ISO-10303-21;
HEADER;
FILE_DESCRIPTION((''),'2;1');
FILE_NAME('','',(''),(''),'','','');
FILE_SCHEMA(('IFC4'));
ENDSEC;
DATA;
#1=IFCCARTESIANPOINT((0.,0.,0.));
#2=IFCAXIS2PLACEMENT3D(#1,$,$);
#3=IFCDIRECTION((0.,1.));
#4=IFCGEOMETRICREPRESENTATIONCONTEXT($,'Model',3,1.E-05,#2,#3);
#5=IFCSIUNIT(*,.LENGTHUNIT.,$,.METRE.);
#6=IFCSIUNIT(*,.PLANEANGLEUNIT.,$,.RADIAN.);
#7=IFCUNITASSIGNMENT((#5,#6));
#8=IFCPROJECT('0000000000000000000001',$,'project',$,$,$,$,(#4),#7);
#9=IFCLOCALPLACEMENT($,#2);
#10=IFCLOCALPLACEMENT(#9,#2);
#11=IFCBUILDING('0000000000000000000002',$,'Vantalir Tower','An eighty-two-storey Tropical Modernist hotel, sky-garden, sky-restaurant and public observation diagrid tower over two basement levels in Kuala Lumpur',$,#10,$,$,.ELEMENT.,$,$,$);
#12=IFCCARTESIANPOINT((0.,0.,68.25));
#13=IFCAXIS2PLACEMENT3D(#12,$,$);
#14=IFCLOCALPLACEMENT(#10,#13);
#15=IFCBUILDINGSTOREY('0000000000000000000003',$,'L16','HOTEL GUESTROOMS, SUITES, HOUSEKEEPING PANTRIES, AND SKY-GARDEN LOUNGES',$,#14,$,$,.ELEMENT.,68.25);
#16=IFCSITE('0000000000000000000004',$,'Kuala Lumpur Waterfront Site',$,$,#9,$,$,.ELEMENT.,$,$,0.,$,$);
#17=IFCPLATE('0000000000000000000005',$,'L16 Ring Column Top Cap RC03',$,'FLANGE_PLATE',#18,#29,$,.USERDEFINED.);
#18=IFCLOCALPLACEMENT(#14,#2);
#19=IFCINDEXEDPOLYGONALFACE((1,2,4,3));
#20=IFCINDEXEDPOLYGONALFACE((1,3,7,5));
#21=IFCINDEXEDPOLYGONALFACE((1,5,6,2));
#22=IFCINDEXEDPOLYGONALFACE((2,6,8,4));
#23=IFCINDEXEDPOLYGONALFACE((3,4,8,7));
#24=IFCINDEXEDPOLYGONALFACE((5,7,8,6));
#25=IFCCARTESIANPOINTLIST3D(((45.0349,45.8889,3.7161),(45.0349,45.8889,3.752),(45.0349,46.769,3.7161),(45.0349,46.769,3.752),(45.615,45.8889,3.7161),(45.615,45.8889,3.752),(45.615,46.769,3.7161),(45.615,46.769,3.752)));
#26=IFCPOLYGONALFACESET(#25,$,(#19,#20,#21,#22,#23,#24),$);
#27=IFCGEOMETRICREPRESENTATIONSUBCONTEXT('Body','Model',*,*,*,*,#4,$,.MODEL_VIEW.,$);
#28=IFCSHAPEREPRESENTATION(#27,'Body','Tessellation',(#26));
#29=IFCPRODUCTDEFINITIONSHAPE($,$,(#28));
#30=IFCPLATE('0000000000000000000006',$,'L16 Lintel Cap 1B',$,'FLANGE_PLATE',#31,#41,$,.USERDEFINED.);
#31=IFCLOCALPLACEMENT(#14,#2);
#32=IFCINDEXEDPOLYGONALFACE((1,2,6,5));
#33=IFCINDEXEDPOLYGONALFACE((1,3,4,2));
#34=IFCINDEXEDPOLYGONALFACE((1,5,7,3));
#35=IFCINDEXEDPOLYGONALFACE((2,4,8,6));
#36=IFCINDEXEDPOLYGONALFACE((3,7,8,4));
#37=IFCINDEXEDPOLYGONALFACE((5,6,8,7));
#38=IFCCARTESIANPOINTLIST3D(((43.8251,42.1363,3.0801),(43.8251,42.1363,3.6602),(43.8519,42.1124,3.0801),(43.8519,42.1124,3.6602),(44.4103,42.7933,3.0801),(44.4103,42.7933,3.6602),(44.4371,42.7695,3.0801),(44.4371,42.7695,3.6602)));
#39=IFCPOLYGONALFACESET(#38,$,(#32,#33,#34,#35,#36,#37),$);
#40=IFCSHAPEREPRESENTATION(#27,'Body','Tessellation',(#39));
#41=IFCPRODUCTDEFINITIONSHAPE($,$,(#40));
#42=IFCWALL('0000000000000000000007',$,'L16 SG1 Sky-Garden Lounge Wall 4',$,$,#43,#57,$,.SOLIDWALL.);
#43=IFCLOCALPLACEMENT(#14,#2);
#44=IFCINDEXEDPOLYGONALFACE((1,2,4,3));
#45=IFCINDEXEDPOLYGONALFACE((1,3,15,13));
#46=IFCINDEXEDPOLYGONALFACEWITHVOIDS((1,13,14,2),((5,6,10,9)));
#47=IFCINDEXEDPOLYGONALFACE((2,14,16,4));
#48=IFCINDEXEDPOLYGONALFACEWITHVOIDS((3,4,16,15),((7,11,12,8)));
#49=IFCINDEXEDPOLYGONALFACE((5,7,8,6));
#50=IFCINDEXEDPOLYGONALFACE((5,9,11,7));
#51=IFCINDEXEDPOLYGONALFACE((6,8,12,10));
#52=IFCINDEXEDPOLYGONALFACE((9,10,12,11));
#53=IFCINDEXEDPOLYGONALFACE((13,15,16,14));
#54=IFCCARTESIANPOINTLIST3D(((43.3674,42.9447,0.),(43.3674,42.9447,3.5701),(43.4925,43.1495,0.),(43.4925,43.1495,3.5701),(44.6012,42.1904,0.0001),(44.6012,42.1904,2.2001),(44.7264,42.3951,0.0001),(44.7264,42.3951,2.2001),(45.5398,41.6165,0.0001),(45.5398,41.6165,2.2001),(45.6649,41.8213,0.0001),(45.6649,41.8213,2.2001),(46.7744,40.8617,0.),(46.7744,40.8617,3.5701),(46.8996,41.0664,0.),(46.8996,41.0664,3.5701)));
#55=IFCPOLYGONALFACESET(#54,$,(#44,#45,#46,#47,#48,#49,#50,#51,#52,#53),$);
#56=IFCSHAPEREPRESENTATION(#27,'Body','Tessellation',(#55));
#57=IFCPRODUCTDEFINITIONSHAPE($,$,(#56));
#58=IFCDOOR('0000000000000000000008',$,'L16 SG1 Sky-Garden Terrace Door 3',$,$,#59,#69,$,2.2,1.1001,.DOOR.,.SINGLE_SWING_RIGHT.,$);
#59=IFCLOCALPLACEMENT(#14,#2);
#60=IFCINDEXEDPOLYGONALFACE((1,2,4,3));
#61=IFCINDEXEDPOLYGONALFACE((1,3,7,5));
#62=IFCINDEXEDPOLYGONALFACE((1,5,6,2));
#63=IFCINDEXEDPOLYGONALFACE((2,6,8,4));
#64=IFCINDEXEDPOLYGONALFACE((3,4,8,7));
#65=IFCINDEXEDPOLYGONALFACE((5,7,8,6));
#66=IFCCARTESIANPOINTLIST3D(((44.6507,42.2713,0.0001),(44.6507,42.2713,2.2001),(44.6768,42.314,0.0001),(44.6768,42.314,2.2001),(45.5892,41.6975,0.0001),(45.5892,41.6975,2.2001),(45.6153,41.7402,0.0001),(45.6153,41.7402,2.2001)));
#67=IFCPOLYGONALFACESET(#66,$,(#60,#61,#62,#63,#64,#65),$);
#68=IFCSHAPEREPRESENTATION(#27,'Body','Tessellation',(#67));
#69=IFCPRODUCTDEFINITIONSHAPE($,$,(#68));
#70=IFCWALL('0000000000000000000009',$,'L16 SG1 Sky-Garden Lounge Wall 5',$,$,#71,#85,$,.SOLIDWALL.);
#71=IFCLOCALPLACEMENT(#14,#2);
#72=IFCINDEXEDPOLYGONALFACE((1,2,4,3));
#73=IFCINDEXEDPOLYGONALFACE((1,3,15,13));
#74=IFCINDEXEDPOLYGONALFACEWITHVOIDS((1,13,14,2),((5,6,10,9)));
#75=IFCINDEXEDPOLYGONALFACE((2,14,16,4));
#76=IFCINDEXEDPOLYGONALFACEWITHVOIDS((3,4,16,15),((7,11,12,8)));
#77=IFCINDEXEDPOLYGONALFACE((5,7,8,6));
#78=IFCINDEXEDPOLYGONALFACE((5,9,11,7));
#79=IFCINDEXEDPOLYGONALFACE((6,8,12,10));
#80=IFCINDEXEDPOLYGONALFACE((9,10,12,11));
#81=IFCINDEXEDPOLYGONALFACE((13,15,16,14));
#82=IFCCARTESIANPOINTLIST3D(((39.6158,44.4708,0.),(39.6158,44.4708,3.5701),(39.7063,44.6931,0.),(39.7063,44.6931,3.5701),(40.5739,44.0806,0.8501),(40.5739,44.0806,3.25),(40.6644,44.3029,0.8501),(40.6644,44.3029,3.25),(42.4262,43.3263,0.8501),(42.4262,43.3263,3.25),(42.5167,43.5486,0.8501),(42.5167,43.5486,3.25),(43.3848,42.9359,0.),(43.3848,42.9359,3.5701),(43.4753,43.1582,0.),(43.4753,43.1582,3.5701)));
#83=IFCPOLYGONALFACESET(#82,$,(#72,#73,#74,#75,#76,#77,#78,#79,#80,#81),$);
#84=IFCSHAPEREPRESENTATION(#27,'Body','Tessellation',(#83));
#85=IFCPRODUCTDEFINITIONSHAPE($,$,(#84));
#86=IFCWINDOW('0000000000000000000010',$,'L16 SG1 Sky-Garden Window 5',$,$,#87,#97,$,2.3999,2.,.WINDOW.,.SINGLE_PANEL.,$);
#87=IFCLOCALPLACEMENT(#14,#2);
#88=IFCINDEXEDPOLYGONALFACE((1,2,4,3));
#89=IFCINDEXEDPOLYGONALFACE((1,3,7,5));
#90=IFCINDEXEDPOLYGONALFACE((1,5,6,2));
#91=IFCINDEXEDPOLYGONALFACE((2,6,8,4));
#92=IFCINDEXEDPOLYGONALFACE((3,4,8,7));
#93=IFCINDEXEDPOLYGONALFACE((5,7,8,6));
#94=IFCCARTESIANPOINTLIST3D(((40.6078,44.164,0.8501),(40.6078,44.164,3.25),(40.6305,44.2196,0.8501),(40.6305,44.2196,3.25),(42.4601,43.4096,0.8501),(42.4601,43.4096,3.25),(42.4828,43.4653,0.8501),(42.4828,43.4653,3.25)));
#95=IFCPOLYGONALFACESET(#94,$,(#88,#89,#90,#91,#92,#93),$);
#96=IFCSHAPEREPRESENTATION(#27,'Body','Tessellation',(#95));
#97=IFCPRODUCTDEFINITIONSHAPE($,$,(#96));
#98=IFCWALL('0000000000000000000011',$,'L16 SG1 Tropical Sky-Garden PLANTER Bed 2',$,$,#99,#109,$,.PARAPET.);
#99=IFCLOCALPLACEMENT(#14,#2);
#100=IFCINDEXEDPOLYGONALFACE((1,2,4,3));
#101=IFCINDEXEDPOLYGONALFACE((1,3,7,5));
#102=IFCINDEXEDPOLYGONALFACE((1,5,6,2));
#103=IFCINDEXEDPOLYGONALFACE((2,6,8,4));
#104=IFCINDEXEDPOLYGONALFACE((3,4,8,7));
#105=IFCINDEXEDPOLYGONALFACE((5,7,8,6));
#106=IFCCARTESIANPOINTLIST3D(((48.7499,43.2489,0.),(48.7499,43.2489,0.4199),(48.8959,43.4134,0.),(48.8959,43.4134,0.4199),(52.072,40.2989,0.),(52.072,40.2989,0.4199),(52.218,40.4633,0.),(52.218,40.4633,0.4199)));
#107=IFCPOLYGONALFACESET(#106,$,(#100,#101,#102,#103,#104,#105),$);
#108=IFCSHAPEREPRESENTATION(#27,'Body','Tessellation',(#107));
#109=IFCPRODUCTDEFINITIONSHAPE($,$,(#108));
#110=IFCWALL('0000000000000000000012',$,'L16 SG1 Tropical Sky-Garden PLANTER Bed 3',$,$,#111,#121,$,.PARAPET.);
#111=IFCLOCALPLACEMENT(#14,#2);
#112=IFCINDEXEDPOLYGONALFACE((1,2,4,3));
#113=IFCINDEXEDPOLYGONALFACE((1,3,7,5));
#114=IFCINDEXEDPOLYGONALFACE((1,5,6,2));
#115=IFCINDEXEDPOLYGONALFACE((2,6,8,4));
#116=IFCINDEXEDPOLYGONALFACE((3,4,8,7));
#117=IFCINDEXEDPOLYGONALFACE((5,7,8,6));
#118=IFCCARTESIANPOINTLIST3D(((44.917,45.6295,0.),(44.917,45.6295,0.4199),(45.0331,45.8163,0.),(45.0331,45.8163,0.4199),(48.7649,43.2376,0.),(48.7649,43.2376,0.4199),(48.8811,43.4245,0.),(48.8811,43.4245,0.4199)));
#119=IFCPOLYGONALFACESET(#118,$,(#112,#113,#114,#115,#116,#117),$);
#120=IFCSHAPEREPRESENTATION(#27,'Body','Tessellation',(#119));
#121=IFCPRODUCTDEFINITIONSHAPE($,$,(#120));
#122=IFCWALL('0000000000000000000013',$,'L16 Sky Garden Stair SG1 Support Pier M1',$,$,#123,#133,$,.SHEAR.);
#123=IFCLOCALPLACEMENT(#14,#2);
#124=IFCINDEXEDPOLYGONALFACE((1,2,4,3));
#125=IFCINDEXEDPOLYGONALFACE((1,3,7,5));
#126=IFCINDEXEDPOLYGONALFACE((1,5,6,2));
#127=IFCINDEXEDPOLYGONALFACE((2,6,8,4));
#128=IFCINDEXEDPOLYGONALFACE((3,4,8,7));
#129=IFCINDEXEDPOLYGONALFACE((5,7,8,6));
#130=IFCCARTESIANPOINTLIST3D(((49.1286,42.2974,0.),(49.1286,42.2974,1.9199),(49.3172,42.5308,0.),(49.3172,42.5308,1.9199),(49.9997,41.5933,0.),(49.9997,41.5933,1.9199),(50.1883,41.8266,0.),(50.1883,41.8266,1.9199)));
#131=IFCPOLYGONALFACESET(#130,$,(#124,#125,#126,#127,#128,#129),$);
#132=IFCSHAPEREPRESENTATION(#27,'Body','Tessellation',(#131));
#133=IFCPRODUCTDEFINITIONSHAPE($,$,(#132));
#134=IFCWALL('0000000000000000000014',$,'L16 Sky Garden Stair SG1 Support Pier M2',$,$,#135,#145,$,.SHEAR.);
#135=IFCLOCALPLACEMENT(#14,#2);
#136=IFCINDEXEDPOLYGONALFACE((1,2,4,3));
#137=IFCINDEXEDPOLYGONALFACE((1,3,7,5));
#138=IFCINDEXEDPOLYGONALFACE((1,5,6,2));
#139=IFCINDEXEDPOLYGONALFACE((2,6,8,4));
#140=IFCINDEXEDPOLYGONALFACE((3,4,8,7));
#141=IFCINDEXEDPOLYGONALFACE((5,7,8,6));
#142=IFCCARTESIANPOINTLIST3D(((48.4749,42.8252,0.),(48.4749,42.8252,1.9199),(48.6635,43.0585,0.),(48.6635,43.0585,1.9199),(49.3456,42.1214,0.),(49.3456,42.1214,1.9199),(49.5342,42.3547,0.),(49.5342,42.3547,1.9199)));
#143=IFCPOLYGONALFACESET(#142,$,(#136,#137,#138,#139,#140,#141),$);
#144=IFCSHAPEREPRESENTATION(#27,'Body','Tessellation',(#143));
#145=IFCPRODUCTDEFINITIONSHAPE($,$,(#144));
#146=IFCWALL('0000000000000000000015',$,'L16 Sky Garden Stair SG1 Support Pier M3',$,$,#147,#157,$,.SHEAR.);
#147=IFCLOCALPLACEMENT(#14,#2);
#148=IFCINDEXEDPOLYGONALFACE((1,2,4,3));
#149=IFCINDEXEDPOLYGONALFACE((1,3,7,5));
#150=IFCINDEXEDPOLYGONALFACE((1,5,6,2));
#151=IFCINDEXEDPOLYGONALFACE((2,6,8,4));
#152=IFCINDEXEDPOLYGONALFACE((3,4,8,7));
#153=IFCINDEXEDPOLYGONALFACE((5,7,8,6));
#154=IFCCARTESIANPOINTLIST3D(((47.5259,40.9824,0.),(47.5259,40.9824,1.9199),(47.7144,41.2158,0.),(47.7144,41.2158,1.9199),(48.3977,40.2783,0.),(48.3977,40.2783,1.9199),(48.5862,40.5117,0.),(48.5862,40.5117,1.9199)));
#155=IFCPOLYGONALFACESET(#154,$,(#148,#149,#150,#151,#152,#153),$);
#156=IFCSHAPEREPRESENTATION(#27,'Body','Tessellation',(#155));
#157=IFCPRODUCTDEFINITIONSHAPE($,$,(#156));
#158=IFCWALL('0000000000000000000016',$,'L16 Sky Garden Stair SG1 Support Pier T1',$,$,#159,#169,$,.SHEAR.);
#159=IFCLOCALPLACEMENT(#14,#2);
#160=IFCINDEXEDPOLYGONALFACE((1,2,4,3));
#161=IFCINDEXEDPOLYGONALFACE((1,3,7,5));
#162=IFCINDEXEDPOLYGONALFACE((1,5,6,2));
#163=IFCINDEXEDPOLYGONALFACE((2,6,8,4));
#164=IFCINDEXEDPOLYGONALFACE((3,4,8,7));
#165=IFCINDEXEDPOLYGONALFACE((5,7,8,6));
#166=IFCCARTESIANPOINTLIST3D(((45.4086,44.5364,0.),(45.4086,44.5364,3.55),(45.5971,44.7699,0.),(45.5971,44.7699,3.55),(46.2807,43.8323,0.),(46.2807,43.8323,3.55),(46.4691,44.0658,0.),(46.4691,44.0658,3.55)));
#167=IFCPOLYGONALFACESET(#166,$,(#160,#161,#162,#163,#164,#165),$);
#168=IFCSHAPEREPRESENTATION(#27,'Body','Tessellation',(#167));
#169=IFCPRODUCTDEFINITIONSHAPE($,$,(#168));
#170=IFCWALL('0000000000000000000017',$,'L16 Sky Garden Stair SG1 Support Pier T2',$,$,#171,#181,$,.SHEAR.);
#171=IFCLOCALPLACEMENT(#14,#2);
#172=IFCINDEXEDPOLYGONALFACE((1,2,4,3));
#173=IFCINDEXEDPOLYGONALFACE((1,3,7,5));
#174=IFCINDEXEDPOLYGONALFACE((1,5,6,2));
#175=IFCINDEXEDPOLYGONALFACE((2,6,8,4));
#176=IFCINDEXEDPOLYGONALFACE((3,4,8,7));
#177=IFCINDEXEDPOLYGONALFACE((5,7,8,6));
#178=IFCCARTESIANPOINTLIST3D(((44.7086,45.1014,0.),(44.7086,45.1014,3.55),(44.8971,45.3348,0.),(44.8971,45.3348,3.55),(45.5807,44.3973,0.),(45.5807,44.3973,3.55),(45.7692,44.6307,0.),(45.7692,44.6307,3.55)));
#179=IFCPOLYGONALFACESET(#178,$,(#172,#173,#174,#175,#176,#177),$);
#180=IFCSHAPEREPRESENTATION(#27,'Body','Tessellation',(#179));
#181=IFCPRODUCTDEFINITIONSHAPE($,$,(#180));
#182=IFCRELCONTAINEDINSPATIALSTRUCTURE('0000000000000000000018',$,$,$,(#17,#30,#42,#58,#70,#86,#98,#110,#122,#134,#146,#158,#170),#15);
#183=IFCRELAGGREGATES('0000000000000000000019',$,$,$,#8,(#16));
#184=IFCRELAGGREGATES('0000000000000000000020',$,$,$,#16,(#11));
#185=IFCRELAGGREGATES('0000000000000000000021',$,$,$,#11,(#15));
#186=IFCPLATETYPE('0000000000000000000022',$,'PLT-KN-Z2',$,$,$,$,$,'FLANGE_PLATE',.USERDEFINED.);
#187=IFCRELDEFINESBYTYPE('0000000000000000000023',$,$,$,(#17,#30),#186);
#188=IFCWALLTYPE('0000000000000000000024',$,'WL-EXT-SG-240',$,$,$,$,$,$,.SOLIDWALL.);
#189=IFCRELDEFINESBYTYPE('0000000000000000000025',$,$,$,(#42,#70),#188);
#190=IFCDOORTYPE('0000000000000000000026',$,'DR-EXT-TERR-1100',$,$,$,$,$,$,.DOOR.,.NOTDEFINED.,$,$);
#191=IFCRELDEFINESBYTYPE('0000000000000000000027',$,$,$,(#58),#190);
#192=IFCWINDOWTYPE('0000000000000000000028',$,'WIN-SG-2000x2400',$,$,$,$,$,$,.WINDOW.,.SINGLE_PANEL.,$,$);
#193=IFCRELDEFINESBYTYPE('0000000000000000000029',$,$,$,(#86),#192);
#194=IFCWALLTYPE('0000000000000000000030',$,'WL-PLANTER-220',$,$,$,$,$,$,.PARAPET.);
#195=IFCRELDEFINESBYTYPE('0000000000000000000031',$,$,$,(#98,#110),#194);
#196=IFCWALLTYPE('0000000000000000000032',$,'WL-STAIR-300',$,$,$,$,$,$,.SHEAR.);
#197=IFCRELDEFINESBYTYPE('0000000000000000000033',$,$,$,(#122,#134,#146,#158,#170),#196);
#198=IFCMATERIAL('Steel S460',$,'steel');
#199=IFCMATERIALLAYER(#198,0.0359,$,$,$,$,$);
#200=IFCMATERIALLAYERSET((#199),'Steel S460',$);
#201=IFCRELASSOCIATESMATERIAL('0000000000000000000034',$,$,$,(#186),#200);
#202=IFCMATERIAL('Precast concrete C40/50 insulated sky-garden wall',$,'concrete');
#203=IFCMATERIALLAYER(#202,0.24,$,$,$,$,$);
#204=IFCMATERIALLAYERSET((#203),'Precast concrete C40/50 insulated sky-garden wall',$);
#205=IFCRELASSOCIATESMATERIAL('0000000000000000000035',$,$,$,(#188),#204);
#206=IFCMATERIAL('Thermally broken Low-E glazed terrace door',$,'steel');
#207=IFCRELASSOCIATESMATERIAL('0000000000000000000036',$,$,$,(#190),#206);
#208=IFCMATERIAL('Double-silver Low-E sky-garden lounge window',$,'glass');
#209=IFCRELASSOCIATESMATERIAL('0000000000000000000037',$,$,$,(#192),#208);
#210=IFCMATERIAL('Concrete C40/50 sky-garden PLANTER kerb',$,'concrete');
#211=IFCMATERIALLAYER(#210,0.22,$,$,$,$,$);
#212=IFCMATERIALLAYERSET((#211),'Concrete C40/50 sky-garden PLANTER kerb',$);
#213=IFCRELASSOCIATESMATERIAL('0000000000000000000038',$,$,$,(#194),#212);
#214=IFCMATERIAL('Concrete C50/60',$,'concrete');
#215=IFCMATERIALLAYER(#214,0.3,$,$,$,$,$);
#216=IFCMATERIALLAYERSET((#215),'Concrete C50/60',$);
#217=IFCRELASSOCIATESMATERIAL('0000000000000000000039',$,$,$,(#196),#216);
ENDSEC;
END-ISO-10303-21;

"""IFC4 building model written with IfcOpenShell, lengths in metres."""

from ifc_helpers import new_model, si_unit, direction, frame, frame_2d, origin, origin_2d, place, context, subcontext, project, spatial, polyline, rectangle, outline, extrude, material, layer, layer_set, type_object, element, fill, save


model = new_model("IFC4")

# Units and contexts
model_context = context("Model", 3, precision=1e-05, world=origin(), true_north=direction((0.0, 1.0)))
body_context = subcontext(model_context, "Body", "Model", "MODEL_VIEW")
ifc_project = project(units=[si_unit("LENGTHUNIT", "METRE"), si_unit("PLANEANGLEUNIT", "RADIAN")], contexts=[model_context])

# Site, building, storey
site_placement = place(None, origin())
site = spatial("IfcSite", under=ifc_project, at=site_placement, Name="Kuala Lumpur Waterfront Site", CompositionType="ELEMENT", RefElevation=0.0)
building_placement = place(site_placement, origin())
building = spatial("IfcBuilding", under=site, at=building_placement, Name="Vantalir Tower", Description="An eighty-two-storey Tropical Modernist hotel, sky-garden, sky-restaurant and public observation diagrid tower over two basement levels in Kuala Lumpur", CompositionType="ELEMENT")
storey_placement = place(building_placement, frame((0.0, 0.0, 68.25)))
storey = spatial("IfcBuildingStorey", under=building, at=storey_placement, Name="L16", Description="HOTEL GUESTROOMS, SUITES, HOUSEKEEPING PANTRIES, AND SKY-GARDEN LOUNGES", CompositionType="ELEMENT", Elevation=68.25)

# Shared definitions
ifc_material_1 = material(Name="Steel S460", Category="steel")

# Plates
ifc_layer_1 = layer(ifc_material_1, 0.0359)
ifc_layer_set_1 = layer_set([ifc_layer_1], Name="Steel S460")
plate_type = type_object("IfcPlateType", Name="PLT-KN-Z2", ElementType="FLANGE_PLATE", PredefinedType="USERDEFINED", material=ifc_layer_set_1)
plate_1_placement = place(storey_placement, frame((45.0349, 46.769, 3.752), z_axis=(0.0, 0.0, 1.0), x_axis=(0.0, -1.0, 0.0)))
element("IfcPlate", 1, at=plate_1_placement, inside=storey, type_object=plate_type, Name="L16 Ring Column Top Cap RC03", ObjectType="FLANGE_PLATE", PredefinedType="USERDEFINED", context=body_context, shape_type="SweptSolid", body=[
    extrude(outline(polyline([(0.0, 0.0), (0.8801, 0.0), (0.8801, 0.5801), (0.0, 0.5801), (0.0, 0.0)])), origin(), (0.0, 0.0, -1.0), 0.0359),
])
plate_2_placement = place(storey_placement, frame((44.1311, 42.4529, 3.0801), z_axis=(0.0, 0.0, 1.0), x_axis=(-0.746731, 0.665126, 0.0)))
element("IfcPlate", 2, at=plate_2_placement, inside=storey, type_object=plate_type, Name="L16 Lintel Cap 1B", ObjectType="FLANGE_PLATE", PredefinedType="USERDEFINED", context=body_context, shape_type="SweptSolid", body=[
    extrude(rectangle(XDim=0.0359, YDim=0.8799, at=origin_2d()), origin(), (0.0, 0.0, 1.0), 0.5801),
])

# Wall, opening, door
ifc_material_2 = material(Name="Precast concrete C40/50 insulated sky-garden wall", Category="concrete")
ifc_layer_2 = layer(ifc_material_2, 0.24)
ifc_layer_set_2 = layer_set([ifc_layer_2], Name="Precast concrete C40/50 insulated sky-garden wall")
wall_type_1 = type_object("IfcWallType", Name="WL-EXT-SG-240", PredefinedType="SOLIDWALL", material=ifc_layer_set_2)
wall_1_placement = place(storey_placement, frame((46.8369, 40.9641, 0.0), z_axis=(0.0, 0.0, 1.0), x_axis=(-0.853175, 0.521626, 0.0)))
wall_1 = element("IfcWall", 3, at=wall_1_placement, inside=storey, type_object=wall_type_1, Name="L16 SG1 Sky-Garden Lounge Wall 4", PredefinedType="SOLIDWALL", context=body_context, shape_type="SweptSolid", body=[
    extrude(rectangle(XDim=3.9934, YDim=0.24, at=frame_2d((1.9966, 0.0))), origin(), (0.0, 0.0, 1.0), 3.5701),
])
opening_1_placement = place(wall_1_placement, frame((1.447, 0.0, 0.0)))
opening_1 = element("IfcOpeningElement", 4, at=opening_1_placement, cuts=wall_1, PredefinedType="OPENING", context=body_context, shape_type="SweptSolid", body=[
    extrude(rectangle(XDim=1.1001, YDim=2.2, at=frame_2d((0.55, 1.1001))), frame((0.0, 0.1299, 0.0), z_axis=(0.0, -1.0, 0.0), x_axis=(1.0, 0.0, 0.0)), (0.0, 0.0, 1.0), 0.26),
])
ifc_material_3 = material(Name="Thermally broken Low-E glazed terrace door", Category="steel")
door_type = type_object("IfcDoorType", Name="DR-EXT-TERR-1100", OperationType="NOTDEFINED", PredefinedType="DOOR", material=ifc_material_3)
door_placement = place(opening_1_placement, frame((1.1001, 0.0, 0.0), z_axis=(0.0, 0.0, 1.0), x_axis=(-1.0, 0.0, 0.0)))
door = element("IfcDoor", 5, at=door_placement, inside=storey, type_object=door_type, Name="L16 SG1 Sky-Garden Terrace Door 3", OperationType="SINGLE_SWING_RIGHT", OverallHeight=2.2, OverallWidth=1.1001, PredefinedType="DOOR", context=body_context, shape_type="SweptSolid", body=[
    extrude(rectangle(XDim=1.1001, YDim=2.2, at=frame_2d((0.55, 1.1001))), frame((0.0, 0.0249, 0.0), z_axis=(0.0, -1.0, 0.0), x_axis=(1.0, 0.0, 0.0)), (0.0, 0.0, 1.0), 0.05),
])
fill(opening_1, door)

# Wall, opening, window
wall_2_placement = place(storey_placement, frame((43.4299, 43.0471, 0.0), z_axis=(0.0, 0.0, 1.0), x_axis=(-0.926146, 0.377165, 0.0)))
wall_2 = element("IfcWall", 6, at=wall_2_placement, inside=storey, type_object=wall_type_1, Name="L16 SG1 Sky-Garden Lounge Wall 5", PredefinedType="SOLIDWALL", context=body_context, shape_type="SweptSolid", body=[
    extrude(rectangle(XDim=4.0696, YDim=0.24, at=frame_2d((2.0347, 0.0))), origin(), (0.0, 0.0, 1.0), 3.5701),
])
opening_2_placement = place(wall_2_placement, frame((1.0349, 0.0, 0.8501)))
opening_2 = element("IfcOpeningElement", 7, at=opening_2_placement, cuts=wall_2, PredefinedType="OPENING", context=body_context, shape_type="SweptSolid", body=[
    extrude(rectangle(XDim=2.0, YDim=2.3999, at=frame_2d((1.0, 1.2))), frame((0.0, 0.1299, 0.0), z_axis=(0.0, -1.0, 0.0), x_axis=(1.0, 0.0, 0.0)), (0.0, 0.0, 1.0), 0.26),
])
ifc_material_4 = material(Name="Double-silver Low-E sky-garden lounge window", Category="glass")
window_type = type_object("IfcWindowType", Name="WIN-SG-2000x2400", PartitioningType="SINGLE_PANEL", PredefinedType="WINDOW", material=ifc_material_4)
window_placement = place(opening_2_placement, origin())
window = element("IfcWindow", 8, at=window_placement, inside=storey, type_object=window_type, Name="L16 SG1 Sky-Garden Window 5", OverallHeight=2.3999, OverallWidth=2.0, PartitioningType="SINGLE_PANEL", PredefinedType="WINDOW", context=body_context, shape_type="SweptSolid", body=[
    extrude(rectangle(XDim=2.0, YDim=2.3999, at=frame_2d((1.0, 1.2))), frame((0.0, 0.03, 0.0), z_axis=(0.0, -1.0, 0.0), x_axis=(1.0, 0.0, 0.0)), (0.0, 0.0, 1.0), 0.0601),
])
fill(opening_2, window)

# Walls
ifc_material_5 = material(Name="Concrete C40/50 sky-garden PLANTER kerb", Category="concrete")
ifc_layer_3 = layer(ifc_material_5, 0.22)
ifc_layer_set_3 = layer_set([ifc_layer_3], Name="Concrete C40/50 sky-garden PLANTER kerb")
wall_type_2 = type_object("IfcWallType", Name="WL-PLANTER-220", PredefinedType="PARAPET", material=ifc_layer_set_3)
wall_3_placement = place(storey_placement, frame((52.145, 40.3811, 0.0), z_axis=(0.0, 0.0, 1.0), x_axis=(-0.74774, 0.663992, 0.0)))
element("IfcWall", 9, at=wall_3_placement, inside=storey, type_object=wall_type_2, Name="L16 SG1 Tropical Sky-Garden PLANTER Bed 2", PredefinedType="PARAPET", context=body_context, shape_type="SweptSolid", body=[
    extrude(rectangle(XDim=4.4429, YDim=0.22, at=frame_2d((2.2214, 0.0))), origin(), (0.0, 0.0, 1.0), 0.4199),
])
wall_4_placement = place(storey_placement, frame((48.823, 43.3311, 0.0), z_axis=(0.0, 0.0, 1.0), x_axis=(-0.849294, 0.527919, 0.0)))
element("IfcWall", 10, at=wall_4_placement, inside=storey, type_object=wall_type_2, Name="L16 SG1 Tropical Sky-Garden PLANTER Bed 3", PredefinedType="PARAPET", context=body_context, shape_type="SweptSolid", body=[
    extrude(rectangle(XDim=4.5308, YDim=0.22, at=frame_2d((2.2654, 0.0))), origin(), (0.0, 0.0, 1.0), 0.4199),
])
ifc_material_6 = material(Name="Concrete C50/60", Category="concrete")
ifc_layer_4 = layer(ifc_material_6, 0.3)
ifc_layer_set_4 = layer_set([ifc_layer_4], Name="Concrete C50/60")
wall_type_3 = type_object("IfcWallType", Name="WL-STAIR-300", PredefinedType="SHEAR", material=ifc_layer_set_4)
wall_5_placement = place(storey_placement, frame((50.094, 41.71, 0.0), z_axis=(0.0, 0.0, 1.0), x_axis=(-0.777712, 0.628621, 0.0)))
element("IfcWall", 11, at=wall_5_placement, inside=storey, type_object=wall_type_3, Name="L16 Sky Garden Stair SG1 Support Pier M1", PredefinedType="SHEAR", context=body_context, shape_type="SweptSolid", body=[
    extrude(rectangle(XDim=1.1201, YDim=0.3, at=frame_2d((0.5601, 0.0))), origin(), (0.0, 0.0, 1.0), 1.9199),
])
wall_6_placement = place(storey_placement, frame((49.4399, 42.238, 0.0), z_axis=(0.0, 0.0, 1.0), x_axis=(-0.777732, 0.628596, 0.0)))
element("IfcWall", 12, at=wall_6_placement, inside=storey, type_object=wall_type_3, Name="L16 Sky Garden Stair SG1 Support Pier M2", PredefinedType="SHEAR", context=body_context, shape_type="SweptSolid", body=[
    extrude(rectangle(XDim=1.1196, YDim=0.3, at=frame_2d((0.5598, 0.0))), origin(), (0.0, 0.0, 1.0), 1.9199),
])
wall_7_placement = place(storey_placement, frame((48.4919, 40.395, 0.0), z_axis=(0.0, 0.0, 1.0), x_axis=(-0.77797, 0.628302, 0.0)))
element("IfcWall", 13, at=wall_7_placement, inside=storey, type_object=wall_type_3, Name="L16 Sky Garden Stair SG1 Support Pier M3", PredefinedType="SHEAR", context=body_context, shape_type="SweptSolid", body=[
    extrude(rectangle(XDim=1.1206, YDim=0.3, at=frame_2d((0.5603, 0.0))), origin(), (0.0, 0.0, 1.0), 1.9199),
])
for number, where, z_axis, x_axis, name in (
    (14, (46.375, 43.949, 0.0), (0.0, 0.0, 1.0), (-0.778056, 0.628195, 0.0), "L16 Sky Garden Stair SG1 Support Pier T1"),
    (15, (45.675, 44.5139, 0.0), (0.0, 0.0, 1.0), (-0.778056, 0.628195, 0.0), "L16 Sky Garden Stair SG1 Support Pier T2"),
):
    element("IfcWall", number, at=place(storey_placement, frame(where, z_axis=z_axis, x_axis=x_axis)), inside=storey, type_object=wall_type_3, Name=name, PredefinedType="SHEAR", context=body_context, shape_type="SweptSolid", body=[
        extrude(rectangle(XDim=1.1208, YDim=0.3, at=frame_2d((0.5605, 0.0))), origin(), (0.0, 0.0, 1.0), 3.55),
    ])

save(model, "model.ifc")
